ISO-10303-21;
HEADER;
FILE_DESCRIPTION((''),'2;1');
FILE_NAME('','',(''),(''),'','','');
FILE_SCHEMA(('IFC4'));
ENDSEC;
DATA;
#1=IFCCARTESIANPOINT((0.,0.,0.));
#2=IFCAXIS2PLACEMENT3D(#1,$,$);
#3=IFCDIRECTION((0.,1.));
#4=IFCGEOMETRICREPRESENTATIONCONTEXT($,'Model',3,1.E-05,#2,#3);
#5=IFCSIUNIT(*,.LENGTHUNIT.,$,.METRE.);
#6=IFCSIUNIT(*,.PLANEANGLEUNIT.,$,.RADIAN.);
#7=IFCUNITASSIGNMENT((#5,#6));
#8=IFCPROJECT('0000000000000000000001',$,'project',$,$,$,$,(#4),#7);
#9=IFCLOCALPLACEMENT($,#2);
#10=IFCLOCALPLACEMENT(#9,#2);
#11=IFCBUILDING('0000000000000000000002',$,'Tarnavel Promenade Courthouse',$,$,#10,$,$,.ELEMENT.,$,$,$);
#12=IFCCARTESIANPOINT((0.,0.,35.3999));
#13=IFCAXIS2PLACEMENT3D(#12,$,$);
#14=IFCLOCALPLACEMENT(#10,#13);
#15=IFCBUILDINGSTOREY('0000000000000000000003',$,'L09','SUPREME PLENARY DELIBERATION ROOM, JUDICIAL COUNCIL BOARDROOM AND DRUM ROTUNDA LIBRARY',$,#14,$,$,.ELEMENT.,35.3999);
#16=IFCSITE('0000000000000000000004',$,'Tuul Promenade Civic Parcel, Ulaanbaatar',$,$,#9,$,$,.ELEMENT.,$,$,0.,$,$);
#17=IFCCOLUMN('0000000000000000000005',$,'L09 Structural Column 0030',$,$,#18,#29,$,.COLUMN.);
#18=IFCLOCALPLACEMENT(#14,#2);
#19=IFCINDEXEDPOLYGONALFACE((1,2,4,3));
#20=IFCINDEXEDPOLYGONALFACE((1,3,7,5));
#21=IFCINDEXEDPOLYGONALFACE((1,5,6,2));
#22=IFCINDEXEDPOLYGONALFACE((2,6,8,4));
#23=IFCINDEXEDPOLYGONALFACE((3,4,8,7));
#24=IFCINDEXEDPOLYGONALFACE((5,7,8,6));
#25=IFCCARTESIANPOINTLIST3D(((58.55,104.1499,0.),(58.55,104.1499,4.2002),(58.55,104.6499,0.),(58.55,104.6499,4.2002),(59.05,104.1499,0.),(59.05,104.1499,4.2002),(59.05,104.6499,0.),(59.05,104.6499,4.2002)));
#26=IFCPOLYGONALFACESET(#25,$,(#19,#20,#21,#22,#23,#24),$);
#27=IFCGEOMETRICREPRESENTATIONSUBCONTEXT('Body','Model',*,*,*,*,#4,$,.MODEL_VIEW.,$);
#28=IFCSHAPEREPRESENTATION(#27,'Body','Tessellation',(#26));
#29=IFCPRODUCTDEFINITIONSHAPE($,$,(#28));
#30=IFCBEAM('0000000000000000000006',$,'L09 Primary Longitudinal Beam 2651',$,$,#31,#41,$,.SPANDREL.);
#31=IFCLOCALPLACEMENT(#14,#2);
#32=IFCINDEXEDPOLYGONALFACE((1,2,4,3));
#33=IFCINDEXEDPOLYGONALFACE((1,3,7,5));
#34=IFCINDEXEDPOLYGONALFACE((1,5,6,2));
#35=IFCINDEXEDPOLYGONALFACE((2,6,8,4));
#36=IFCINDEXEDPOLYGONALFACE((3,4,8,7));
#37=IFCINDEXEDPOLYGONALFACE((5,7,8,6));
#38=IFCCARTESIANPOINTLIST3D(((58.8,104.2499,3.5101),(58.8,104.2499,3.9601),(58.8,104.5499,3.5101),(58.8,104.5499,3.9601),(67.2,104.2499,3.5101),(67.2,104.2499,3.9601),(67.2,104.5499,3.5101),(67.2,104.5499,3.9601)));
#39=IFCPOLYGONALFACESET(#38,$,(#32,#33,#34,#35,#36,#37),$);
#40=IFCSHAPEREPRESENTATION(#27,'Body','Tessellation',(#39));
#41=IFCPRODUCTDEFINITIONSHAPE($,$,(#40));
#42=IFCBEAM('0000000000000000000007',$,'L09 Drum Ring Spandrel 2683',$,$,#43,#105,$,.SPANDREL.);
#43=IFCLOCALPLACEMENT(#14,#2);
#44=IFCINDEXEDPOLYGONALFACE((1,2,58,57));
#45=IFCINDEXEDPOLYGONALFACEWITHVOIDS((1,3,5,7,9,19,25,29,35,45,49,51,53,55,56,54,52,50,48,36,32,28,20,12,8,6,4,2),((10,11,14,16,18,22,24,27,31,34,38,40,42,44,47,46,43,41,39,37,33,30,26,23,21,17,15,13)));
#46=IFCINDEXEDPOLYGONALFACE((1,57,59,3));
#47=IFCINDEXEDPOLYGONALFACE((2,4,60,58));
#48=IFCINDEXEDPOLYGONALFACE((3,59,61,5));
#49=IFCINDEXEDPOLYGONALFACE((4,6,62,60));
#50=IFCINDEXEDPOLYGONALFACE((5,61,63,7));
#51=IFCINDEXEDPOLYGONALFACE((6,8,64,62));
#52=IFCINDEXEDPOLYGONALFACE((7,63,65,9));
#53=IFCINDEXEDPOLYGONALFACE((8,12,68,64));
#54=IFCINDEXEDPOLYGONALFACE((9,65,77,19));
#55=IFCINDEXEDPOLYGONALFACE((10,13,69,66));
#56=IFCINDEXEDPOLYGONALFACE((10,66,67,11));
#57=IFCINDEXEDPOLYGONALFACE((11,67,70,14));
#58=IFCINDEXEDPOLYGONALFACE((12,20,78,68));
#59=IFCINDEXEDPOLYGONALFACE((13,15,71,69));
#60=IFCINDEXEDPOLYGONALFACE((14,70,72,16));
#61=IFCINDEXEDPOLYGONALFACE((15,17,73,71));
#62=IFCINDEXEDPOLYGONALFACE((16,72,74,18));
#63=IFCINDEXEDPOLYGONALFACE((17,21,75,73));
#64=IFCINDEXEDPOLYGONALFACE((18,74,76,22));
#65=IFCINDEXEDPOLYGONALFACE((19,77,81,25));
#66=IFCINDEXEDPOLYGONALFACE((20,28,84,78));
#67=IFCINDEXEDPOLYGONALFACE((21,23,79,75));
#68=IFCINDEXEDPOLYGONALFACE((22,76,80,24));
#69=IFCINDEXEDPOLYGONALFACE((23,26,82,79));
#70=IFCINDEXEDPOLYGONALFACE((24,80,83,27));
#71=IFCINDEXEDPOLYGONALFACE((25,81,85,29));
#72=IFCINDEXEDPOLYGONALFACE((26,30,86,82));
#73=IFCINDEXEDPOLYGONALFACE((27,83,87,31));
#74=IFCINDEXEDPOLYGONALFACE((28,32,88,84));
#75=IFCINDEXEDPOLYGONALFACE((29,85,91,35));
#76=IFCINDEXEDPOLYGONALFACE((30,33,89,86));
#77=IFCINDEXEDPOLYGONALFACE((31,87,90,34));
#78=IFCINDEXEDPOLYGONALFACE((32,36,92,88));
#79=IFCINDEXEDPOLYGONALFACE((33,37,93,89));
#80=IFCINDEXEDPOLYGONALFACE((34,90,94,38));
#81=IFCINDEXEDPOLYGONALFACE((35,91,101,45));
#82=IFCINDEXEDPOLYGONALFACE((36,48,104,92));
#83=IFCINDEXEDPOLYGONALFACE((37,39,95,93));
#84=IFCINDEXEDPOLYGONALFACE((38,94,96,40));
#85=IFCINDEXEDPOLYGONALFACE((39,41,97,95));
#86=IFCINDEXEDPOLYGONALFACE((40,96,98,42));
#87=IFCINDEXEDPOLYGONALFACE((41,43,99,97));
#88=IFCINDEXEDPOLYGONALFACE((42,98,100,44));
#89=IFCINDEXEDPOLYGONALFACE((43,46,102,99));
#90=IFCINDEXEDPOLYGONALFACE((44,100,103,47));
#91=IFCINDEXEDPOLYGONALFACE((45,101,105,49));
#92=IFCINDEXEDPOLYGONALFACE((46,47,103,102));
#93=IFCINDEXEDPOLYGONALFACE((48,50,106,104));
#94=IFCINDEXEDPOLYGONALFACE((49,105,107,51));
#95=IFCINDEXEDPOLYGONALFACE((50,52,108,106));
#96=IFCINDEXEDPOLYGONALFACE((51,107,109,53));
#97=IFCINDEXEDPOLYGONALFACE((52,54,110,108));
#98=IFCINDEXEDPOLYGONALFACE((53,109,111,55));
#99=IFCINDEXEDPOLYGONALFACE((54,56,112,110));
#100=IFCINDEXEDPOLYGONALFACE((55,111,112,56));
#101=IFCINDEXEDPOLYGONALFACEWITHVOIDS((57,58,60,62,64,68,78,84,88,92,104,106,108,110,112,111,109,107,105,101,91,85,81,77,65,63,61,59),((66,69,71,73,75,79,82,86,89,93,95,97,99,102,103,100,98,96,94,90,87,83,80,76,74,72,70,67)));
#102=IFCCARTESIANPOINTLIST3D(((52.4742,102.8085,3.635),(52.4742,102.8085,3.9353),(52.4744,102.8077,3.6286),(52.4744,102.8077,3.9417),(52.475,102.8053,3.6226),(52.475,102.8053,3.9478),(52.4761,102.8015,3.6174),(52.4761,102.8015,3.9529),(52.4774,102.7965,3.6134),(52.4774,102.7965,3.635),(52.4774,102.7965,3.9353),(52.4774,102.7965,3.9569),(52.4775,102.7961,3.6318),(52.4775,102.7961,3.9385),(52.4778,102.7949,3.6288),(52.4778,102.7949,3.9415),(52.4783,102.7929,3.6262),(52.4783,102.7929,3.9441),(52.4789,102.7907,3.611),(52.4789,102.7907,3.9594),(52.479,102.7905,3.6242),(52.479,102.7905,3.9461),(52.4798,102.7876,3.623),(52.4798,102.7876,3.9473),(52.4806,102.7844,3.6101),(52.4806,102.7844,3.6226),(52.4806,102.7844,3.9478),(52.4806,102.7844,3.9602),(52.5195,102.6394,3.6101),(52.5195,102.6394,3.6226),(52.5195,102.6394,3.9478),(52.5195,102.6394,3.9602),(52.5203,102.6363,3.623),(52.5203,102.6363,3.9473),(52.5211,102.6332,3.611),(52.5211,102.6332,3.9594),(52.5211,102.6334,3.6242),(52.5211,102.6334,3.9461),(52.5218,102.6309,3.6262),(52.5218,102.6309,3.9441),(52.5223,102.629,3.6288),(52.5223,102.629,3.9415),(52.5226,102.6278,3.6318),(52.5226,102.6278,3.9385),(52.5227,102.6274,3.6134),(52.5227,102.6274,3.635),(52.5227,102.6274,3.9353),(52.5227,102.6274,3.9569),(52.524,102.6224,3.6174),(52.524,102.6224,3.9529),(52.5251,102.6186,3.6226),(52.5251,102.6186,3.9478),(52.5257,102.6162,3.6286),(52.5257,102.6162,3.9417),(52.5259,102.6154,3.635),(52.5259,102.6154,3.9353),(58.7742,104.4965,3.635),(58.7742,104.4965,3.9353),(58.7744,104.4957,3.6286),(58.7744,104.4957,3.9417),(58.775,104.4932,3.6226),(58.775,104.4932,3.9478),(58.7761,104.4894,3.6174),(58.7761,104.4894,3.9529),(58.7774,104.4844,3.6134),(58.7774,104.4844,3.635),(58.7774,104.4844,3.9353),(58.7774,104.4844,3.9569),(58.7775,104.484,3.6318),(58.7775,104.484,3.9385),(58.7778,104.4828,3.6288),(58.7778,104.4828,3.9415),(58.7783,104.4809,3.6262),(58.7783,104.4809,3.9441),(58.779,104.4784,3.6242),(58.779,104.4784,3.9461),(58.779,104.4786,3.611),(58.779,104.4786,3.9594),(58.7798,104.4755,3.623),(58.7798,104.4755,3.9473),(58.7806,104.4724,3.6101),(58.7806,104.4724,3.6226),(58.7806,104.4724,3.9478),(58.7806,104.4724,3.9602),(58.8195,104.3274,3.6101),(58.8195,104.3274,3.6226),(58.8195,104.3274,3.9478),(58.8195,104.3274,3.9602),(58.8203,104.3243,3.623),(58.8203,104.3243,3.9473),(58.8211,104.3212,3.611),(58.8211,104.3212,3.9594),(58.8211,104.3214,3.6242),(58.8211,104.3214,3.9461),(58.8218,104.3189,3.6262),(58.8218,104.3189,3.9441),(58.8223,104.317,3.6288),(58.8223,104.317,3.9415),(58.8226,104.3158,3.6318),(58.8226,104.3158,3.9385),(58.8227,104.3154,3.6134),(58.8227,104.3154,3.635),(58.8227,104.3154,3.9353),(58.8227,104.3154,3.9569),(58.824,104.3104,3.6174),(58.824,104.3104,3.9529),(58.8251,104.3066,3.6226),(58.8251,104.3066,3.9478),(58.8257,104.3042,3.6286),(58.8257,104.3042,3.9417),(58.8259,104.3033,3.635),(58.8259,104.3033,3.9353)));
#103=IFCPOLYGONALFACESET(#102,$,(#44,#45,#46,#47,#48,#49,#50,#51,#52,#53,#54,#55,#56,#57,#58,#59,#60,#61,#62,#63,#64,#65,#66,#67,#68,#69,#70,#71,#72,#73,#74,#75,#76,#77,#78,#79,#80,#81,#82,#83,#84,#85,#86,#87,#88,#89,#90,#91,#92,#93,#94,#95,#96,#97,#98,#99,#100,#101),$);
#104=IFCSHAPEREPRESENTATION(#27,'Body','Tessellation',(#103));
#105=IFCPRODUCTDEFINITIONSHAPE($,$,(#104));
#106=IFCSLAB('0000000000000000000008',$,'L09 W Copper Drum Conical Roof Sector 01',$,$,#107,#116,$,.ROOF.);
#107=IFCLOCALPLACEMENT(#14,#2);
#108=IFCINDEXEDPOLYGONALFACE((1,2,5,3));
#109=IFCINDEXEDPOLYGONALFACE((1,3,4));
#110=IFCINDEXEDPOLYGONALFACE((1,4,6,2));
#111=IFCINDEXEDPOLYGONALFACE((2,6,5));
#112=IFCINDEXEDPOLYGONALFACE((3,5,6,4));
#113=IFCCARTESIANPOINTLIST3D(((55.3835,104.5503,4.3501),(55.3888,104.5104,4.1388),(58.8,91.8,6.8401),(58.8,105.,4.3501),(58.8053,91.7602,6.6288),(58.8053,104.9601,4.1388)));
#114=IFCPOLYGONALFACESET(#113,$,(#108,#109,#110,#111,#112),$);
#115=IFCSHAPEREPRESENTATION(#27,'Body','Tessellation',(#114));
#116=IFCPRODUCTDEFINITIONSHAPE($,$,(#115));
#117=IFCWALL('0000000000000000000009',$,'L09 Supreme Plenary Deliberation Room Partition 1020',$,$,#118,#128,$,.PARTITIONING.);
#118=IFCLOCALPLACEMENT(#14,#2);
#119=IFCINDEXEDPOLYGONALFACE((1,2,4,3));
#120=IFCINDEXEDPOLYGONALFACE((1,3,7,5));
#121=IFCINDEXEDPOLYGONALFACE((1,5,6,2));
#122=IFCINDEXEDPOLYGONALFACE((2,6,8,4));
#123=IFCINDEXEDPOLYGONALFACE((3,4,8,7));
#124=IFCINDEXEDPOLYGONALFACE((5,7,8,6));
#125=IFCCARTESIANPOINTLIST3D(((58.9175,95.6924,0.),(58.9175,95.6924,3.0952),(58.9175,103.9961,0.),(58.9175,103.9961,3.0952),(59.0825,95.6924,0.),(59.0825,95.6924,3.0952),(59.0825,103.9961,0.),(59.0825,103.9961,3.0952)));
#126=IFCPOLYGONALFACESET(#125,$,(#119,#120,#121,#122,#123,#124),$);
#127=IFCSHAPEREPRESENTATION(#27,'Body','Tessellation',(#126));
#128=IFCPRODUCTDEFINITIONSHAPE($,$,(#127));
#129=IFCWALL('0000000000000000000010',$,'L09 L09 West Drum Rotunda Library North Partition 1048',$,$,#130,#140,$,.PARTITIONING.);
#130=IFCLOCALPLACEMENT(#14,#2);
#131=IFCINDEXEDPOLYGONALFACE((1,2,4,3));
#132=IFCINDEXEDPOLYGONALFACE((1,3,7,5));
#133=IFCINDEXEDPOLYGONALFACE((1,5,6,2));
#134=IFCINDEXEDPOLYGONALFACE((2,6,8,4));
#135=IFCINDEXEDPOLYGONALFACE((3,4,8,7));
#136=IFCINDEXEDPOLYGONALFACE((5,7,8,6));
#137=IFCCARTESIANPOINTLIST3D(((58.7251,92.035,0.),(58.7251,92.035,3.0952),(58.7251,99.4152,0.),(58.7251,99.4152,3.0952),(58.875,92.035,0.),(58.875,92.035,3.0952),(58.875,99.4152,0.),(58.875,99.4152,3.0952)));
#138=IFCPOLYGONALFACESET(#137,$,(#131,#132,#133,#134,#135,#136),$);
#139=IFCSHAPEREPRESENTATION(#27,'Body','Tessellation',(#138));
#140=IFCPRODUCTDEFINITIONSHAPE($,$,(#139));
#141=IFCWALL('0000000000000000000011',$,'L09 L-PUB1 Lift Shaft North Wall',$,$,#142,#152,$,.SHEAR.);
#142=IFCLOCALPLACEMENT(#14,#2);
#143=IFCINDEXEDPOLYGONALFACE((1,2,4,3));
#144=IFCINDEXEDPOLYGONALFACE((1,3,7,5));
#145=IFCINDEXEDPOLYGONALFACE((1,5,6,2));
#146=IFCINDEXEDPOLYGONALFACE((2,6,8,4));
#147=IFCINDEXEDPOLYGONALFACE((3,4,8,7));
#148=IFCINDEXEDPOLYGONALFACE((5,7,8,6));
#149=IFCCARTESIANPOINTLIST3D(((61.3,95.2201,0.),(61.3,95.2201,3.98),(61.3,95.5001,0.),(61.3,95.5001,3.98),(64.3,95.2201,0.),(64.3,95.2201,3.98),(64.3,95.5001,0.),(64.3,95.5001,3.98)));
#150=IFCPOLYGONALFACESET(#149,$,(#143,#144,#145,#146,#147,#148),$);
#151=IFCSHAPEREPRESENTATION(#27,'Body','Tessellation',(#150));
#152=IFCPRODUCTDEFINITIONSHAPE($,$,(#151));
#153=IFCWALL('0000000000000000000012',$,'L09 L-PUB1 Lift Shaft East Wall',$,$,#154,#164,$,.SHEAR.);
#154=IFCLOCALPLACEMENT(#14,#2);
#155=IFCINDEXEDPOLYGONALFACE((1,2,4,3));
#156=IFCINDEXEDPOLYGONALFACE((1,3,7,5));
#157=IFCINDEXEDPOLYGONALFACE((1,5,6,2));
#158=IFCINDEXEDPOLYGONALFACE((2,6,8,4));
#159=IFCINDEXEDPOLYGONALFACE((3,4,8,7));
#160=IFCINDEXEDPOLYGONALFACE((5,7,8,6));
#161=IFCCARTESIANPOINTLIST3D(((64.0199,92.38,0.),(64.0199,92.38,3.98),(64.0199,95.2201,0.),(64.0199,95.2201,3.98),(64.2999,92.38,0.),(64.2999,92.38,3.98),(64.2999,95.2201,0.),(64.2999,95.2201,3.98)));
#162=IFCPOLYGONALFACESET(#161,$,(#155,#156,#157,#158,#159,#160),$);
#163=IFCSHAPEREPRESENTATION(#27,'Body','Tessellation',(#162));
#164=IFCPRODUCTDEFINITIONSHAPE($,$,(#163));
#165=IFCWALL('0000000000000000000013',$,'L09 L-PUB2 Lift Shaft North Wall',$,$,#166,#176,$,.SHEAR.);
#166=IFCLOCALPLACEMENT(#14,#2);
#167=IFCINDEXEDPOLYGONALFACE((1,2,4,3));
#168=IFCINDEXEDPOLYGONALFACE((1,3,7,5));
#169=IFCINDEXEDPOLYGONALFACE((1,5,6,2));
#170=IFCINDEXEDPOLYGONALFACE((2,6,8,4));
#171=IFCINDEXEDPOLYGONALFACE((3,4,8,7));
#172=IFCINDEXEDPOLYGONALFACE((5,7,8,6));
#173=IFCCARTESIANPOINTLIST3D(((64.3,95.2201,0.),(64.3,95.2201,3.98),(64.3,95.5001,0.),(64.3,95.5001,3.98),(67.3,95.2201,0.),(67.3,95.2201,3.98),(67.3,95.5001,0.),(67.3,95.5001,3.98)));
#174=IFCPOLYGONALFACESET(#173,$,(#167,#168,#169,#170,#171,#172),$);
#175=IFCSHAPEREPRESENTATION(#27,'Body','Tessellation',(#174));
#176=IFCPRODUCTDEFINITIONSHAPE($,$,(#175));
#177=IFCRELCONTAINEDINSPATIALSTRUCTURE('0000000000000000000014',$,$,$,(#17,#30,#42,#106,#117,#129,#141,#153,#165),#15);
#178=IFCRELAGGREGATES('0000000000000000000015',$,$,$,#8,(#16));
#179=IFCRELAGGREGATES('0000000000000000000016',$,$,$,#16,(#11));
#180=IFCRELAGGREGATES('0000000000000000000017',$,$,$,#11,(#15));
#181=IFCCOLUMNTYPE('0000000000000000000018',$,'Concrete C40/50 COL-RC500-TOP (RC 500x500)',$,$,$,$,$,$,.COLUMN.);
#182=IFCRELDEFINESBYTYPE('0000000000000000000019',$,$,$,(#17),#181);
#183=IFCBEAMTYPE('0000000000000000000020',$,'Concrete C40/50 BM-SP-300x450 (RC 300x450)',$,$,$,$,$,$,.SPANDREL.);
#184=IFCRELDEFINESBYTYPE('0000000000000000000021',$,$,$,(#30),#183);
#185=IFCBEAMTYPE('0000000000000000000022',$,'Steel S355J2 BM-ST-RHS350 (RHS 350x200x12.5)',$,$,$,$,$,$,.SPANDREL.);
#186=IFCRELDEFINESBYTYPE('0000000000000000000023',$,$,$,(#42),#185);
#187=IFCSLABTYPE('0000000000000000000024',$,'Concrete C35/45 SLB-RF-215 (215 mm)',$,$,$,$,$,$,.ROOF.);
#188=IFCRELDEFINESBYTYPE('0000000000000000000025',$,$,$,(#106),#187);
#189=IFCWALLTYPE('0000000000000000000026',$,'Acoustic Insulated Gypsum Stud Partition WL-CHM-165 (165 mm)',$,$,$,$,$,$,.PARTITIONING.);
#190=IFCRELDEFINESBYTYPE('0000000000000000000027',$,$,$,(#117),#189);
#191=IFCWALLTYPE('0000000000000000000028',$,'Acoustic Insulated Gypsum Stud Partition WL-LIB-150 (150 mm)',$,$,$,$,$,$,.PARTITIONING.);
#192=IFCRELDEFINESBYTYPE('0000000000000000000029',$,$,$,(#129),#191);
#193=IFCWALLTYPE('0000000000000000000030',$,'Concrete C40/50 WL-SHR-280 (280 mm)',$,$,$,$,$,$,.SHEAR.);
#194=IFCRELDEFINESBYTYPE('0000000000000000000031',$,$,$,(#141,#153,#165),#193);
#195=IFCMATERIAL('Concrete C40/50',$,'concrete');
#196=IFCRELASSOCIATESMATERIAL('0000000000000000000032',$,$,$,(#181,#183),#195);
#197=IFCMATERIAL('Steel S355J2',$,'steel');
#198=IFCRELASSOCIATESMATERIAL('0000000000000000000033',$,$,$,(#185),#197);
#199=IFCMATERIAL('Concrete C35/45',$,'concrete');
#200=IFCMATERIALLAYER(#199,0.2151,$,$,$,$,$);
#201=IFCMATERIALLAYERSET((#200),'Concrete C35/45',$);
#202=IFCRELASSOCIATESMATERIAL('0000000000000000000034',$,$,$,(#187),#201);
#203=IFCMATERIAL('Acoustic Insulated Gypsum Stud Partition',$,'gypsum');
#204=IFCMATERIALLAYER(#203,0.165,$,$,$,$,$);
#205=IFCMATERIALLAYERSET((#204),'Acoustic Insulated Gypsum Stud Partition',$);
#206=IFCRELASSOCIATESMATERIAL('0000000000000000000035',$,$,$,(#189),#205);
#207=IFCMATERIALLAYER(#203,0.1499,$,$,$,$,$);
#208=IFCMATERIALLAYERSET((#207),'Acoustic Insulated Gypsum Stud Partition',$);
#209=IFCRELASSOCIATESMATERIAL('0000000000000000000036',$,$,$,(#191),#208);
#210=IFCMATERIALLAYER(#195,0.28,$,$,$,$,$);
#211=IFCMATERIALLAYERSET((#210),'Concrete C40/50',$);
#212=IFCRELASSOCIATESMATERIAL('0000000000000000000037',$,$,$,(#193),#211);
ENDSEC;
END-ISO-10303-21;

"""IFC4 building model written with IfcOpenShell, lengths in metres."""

from ifc_helpers import new_model, si_unit, direction, frame, frame_2d, origin, origin_2d, place, context, subcontext, project, spatial, polyline, rectangle, hollow_rectangle, outline, extrude, material, layer, layer_set, material_profile, profile_set, type_object, element, save


model = new_model("IFC4")

# Units and contexts
model_context = context("Model", 3, precision=1e-05, world=origin(), true_north=direction((0.0, 1.0)))
body_context = subcontext(model_context, "Body", "Model", "MODEL_VIEW")
ifc_project = project(units=[si_unit("LENGTHUNIT", "METRE"), si_unit("PLANEANGLEUNIT", "RADIAN")], contexts=[model_context])

# Site, building, storey
site_placement = place(None, origin())
site = spatial("IfcSite", under=ifc_project, at=site_placement, Name="Tuul Promenade Civic Parcel, Ulaanbaatar", CompositionType="ELEMENT", RefElevation=0.0)
building_placement = place(site_placement, origin())
building = spatial("IfcBuilding", under=site, at=building_placement, Name="Tarnavel Promenade Courthouse", CompositionType="ELEMENT")
storey_placement = place(building_placement, frame((0.0, 0.0, 35.3999)))
storey = spatial("IfcBuildingStorey", under=building, at=storey_placement, Name="L09", Description="SUPREME PLENARY DELIBERATION ROOM, JUDICIAL COUNCIL BOARDROOM AND DRUM ROTUNDA LIBRARY", CompositionType="ELEMENT", Elevation=35.3999)

# Column
ifc_material_1 = material(Name="Concrete C40/50", Category="concrete")
ifc_material_profile_1 = material_profile(ifc_material_1, rectangle(XDim=0.5, YDim=0.5, at=origin_2d()), Name="RC 500x500")
ifc_profile_set_1 = profile_set([ifc_material_profile_1], Name="Concrete C40/50")
column_type = type_object("IfcColumnType", Name="Concrete C40/50 COL-RC500-TOP (RC 500x500)", PredefinedType="COLUMN", material=ifc_profile_set_1)
column_placement = place(storey_placement, frame((58.8, 104.3999, 0.0), z_axis=(0.0, 0.0, 1.0), x_axis=(1.0, 0.0, 0.0)))
element("IfcColumn", 1, at=column_placement, inside=storey, type_object=column_type, Name="L09 Structural Column 0030", PredefinedType="COLUMN", context=body_context, shape_type="SweptSolid", body=[
    extrude(rectangle(XDim=0.5, YDim=0.5, at=origin_2d()), origin(), (0.0, 0.0, 1.0), 4.2002),
])

# Beams
ifc_material_profile_2 = material_profile(ifc_material_1, rectangle(XDim=0.3, YDim=0.45, at=origin_2d()), Name="RC 300x450")
ifc_profile_set_2 = profile_set([ifc_material_profile_2], Name="Concrete C40/50")
beam_type_1 = type_object("IfcBeamType", Name="Concrete C40/50 BM-SP-300x450 (RC 300x450)", PredefinedType="SPANDREL", material=ifc_profile_set_2)
beam_1_placement = place(storey_placement, frame((58.8, 104.3999, 3.7351), z_axis=(1.0, 0.0, 0.0), x_axis=(0.0, 1.0, 0.0)))
element("IfcBeam", 2, at=beam_1_placement, inside=storey, type_object=beam_type_1, Name="L09 Primary Longitudinal Beam 2651", PredefinedType="SPANDREL", context=body_context, shape_type="SweptSolid", body=[
    extrude(rectangle(XDim=0.3, YDim=0.45, at=origin_2d()), origin(), (0.0, 0.0, 1.0), 8.3999),
])
ifc_material_2 = material(Name="Steel S355J2", Category="steel")
ifc_material_profile_3 = material_profile(ifc_material_2, hollow_rectangle(XDim=0.2, YDim=0.3501, WallThickness=0.0125, InnerFilletRadius=0.0125, OuterFilletRadius=0.0249, at=origin_2d()), Name="RHS 350x200x12.5")
ifc_profile_set_3 = profile_set([ifc_material_profile_3], Name="Steel S355J2")
beam_type_2 = type_object("IfcBeamType", Name="Steel S355J2 BM-ST-RHS350 (RHS 350x200x12.5)", PredefinedType="SPANDREL", material=ifc_profile_set_3)
beam_2_placement = place(storey_placement, frame((58.8, 104.3999, 3.7852), z_axis=(-0.96593, -0.258804, 0.0), x_axis=(0.258804, -0.96593, 0.0)))
element("IfcBeam", 3, at=beam_2_placement, inside=storey, type_object=beam_type_2, Name="L09 Drum Ring Spandrel 2683", PredefinedType="SPANDREL", context=body_context, shape_type="SweptSolid", body=[
    extrude(hollow_rectangle(XDim=0.2, YDim=0.3501, WallThickness=0.0125, InnerFilletRadius=0.0125, OuterFilletRadius=0.0249, at=origin_2d()), origin(), (0.0, 0.0, 1.0), 6.5222),
])

# Slab
ifc_material_3 = material(Name="Concrete C35/45", Category="concrete")
ifc_layer_1 = layer(ifc_material_3, 0.2151)
ifc_layer_set_1 = layer_set([ifc_layer_1], Name="Concrete C35/45")
slab_type = type_object("IfcSlabType", Name="Concrete C35/45 SLB-RF-215 (215 mm)", PredefinedType="ROOF", material=ifc_layer_set_1)
slab_placement = place(storey_placement, frame((58.8, 105.0, 4.3501), z_axis=(-0.024392, 0.185312, 0.982377), x_axis=(-0.991448, -0.130502, 0.0)))
element("IfcSlab", 4, at=slab_placement, inside=storey, type_object=slab_type, Name="L09 W Copper Drum Conical Roof Sector 01", PredefinedType="ROOF", context=body_context, shape_type="SweptSolid", body=[
    extrude(outline(polyline([(0.0, 0.0), (3.446, 0.0), (1.7226, 13.3218), (0.0, 0.0)])), origin(), (0.0, 0.0, -1.0), 0.2151),
])

# Walls
ifc_material_4 = material(Name="Acoustic Insulated Gypsum Stud Partition", Category="gypsum")
ifc_layer_2 = layer(ifc_material_4, 0.165)
ifc_layer_set_2 = layer_set([ifc_layer_2], Name="Acoustic Insulated Gypsum Stud Partition")
wall_type_1 = type_object("IfcWallType", Name="Acoustic Insulated Gypsum Stud Partition WL-CHM-165 (165 mm)", PredefinedType="PARTITIONING", material=ifc_layer_set_2)
wall_1_placement = place(storey_placement, frame((59.0, 95.6924, 0.0), z_axis=(0.0, 0.0, 1.0), x_axis=(0.0, 1.0, 0.0)))
element("IfcWall", 5, at=wall_1_placement, inside=storey, type_object=wall_type_1, Name="L09 Supreme Plenary Deliberation Room Partition 1020", PredefinedType="PARTITIONING", context=body_context, shape_type="SweptSolid", body=[
    extrude(rectangle(XDim=8.3037, YDim=0.165, at=frame_2d((4.1519, 0.0))), origin(), (0.0, 0.0, 1.0), 3.0952),
])
ifc_layer_3 = layer(ifc_material_4, 0.1499)
ifc_layer_set_3 = layer_set([ifc_layer_3], Name="Acoustic Insulated Gypsum Stud Partition")
wall_type_2 = type_object("IfcWallType", Name="Acoustic Insulated Gypsum Stud Partition WL-LIB-150 (150 mm)", PredefinedType="PARTITIONING", material=ifc_layer_set_3)
wall_2_placement = place(storey_placement, frame((58.8, 99.415, 0.0), z_axis=(0.0, 0.0, 1.0), x_axis=(0.0, -1.0, 0.0)))
element("IfcWall", 6, at=wall_2_placement, inside=storey, type_object=wall_type_2, Name="L09 L09 West Drum Rotunda Library North Partition 1048", PredefinedType="PARTITIONING", context=body_context, shape_type="SweptSolid", body=[
    extrude(rectangle(XDim=7.3801, YDim=0.1499, at=frame_2d((3.6899, 0.0))), origin(), (0.0, 0.0, 1.0), 3.0952),
])
ifc_layer_4 = layer(ifc_material_1, 0.28)
ifc_layer_set_4 = layer_set([ifc_layer_4], Name="Concrete C40/50")
wall_type_3 = type_object("IfcWallType", Name="Concrete C40/50 WL-SHR-280 (280 mm)", PredefinedType="SHEAR", material=ifc_layer_set_4)
wall_3_placement = place(storey_placement, frame((61.3, 95.3601, 0.0), z_axis=(0.0, 0.0, 1.0), x_axis=(1.0, 0.0, 0.0)))
element("IfcWall", 7, at=wall_3_placement, inside=storey, type_object=wall_type_3, Name="L09 L-PUB1 Lift Shaft North Wall", PredefinedType="SHEAR", context=body_context, shape_type="SweptSolid", body=[
    extrude(rectangle(XDim=3.0, YDim=0.28, at=frame_2d((1.5, 0.0))), origin(), (0.0, 0.0, 1.0), 3.98),
])
wall_4_placement = place(storey_placement, frame((64.1599, 95.22, 0.0), z_axis=(0.0, 0.0, 1.0), x_axis=(0.0, -1.0, 0.0)))
element("IfcWall", 8, at=wall_4_placement, inside=storey, type_object=wall_type_3, Name="L09 L-PUB1 Lift Shaft East Wall", PredefinedType="SHEAR", context=body_context, shape_type="SweptSolid", body=[
    extrude(rectangle(XDim=2.8401, YDim=0.28, at=frame_2d((1.4199, 0.0))), origin(), (0.0, 0.0, 1.0), 3.98),
])
wall_5_placement = place(storey_placement, frame((64.3, 95.3601, 0.0), z_axis=(0.0, 0.0, 1.0), x_axis=(1.0, 0.0, 0.0)))
element("IfcWall", 9, at=wall_5_placement, inside=storey, type_object=wall_type_3, Name="L09 L-PUB2 Lift Shaft North Wall", PredefinedType="SHEAR", context=body_context, shape_type="SweptSolid", body=[
    extrude(rectangle(XDim=3.0, YDim=0.28, at=frame_2d((1.5, 0.0))), origin(), (0.0, 0.0, 1.0), 3.98),
])

save(model, "model.ifc")
